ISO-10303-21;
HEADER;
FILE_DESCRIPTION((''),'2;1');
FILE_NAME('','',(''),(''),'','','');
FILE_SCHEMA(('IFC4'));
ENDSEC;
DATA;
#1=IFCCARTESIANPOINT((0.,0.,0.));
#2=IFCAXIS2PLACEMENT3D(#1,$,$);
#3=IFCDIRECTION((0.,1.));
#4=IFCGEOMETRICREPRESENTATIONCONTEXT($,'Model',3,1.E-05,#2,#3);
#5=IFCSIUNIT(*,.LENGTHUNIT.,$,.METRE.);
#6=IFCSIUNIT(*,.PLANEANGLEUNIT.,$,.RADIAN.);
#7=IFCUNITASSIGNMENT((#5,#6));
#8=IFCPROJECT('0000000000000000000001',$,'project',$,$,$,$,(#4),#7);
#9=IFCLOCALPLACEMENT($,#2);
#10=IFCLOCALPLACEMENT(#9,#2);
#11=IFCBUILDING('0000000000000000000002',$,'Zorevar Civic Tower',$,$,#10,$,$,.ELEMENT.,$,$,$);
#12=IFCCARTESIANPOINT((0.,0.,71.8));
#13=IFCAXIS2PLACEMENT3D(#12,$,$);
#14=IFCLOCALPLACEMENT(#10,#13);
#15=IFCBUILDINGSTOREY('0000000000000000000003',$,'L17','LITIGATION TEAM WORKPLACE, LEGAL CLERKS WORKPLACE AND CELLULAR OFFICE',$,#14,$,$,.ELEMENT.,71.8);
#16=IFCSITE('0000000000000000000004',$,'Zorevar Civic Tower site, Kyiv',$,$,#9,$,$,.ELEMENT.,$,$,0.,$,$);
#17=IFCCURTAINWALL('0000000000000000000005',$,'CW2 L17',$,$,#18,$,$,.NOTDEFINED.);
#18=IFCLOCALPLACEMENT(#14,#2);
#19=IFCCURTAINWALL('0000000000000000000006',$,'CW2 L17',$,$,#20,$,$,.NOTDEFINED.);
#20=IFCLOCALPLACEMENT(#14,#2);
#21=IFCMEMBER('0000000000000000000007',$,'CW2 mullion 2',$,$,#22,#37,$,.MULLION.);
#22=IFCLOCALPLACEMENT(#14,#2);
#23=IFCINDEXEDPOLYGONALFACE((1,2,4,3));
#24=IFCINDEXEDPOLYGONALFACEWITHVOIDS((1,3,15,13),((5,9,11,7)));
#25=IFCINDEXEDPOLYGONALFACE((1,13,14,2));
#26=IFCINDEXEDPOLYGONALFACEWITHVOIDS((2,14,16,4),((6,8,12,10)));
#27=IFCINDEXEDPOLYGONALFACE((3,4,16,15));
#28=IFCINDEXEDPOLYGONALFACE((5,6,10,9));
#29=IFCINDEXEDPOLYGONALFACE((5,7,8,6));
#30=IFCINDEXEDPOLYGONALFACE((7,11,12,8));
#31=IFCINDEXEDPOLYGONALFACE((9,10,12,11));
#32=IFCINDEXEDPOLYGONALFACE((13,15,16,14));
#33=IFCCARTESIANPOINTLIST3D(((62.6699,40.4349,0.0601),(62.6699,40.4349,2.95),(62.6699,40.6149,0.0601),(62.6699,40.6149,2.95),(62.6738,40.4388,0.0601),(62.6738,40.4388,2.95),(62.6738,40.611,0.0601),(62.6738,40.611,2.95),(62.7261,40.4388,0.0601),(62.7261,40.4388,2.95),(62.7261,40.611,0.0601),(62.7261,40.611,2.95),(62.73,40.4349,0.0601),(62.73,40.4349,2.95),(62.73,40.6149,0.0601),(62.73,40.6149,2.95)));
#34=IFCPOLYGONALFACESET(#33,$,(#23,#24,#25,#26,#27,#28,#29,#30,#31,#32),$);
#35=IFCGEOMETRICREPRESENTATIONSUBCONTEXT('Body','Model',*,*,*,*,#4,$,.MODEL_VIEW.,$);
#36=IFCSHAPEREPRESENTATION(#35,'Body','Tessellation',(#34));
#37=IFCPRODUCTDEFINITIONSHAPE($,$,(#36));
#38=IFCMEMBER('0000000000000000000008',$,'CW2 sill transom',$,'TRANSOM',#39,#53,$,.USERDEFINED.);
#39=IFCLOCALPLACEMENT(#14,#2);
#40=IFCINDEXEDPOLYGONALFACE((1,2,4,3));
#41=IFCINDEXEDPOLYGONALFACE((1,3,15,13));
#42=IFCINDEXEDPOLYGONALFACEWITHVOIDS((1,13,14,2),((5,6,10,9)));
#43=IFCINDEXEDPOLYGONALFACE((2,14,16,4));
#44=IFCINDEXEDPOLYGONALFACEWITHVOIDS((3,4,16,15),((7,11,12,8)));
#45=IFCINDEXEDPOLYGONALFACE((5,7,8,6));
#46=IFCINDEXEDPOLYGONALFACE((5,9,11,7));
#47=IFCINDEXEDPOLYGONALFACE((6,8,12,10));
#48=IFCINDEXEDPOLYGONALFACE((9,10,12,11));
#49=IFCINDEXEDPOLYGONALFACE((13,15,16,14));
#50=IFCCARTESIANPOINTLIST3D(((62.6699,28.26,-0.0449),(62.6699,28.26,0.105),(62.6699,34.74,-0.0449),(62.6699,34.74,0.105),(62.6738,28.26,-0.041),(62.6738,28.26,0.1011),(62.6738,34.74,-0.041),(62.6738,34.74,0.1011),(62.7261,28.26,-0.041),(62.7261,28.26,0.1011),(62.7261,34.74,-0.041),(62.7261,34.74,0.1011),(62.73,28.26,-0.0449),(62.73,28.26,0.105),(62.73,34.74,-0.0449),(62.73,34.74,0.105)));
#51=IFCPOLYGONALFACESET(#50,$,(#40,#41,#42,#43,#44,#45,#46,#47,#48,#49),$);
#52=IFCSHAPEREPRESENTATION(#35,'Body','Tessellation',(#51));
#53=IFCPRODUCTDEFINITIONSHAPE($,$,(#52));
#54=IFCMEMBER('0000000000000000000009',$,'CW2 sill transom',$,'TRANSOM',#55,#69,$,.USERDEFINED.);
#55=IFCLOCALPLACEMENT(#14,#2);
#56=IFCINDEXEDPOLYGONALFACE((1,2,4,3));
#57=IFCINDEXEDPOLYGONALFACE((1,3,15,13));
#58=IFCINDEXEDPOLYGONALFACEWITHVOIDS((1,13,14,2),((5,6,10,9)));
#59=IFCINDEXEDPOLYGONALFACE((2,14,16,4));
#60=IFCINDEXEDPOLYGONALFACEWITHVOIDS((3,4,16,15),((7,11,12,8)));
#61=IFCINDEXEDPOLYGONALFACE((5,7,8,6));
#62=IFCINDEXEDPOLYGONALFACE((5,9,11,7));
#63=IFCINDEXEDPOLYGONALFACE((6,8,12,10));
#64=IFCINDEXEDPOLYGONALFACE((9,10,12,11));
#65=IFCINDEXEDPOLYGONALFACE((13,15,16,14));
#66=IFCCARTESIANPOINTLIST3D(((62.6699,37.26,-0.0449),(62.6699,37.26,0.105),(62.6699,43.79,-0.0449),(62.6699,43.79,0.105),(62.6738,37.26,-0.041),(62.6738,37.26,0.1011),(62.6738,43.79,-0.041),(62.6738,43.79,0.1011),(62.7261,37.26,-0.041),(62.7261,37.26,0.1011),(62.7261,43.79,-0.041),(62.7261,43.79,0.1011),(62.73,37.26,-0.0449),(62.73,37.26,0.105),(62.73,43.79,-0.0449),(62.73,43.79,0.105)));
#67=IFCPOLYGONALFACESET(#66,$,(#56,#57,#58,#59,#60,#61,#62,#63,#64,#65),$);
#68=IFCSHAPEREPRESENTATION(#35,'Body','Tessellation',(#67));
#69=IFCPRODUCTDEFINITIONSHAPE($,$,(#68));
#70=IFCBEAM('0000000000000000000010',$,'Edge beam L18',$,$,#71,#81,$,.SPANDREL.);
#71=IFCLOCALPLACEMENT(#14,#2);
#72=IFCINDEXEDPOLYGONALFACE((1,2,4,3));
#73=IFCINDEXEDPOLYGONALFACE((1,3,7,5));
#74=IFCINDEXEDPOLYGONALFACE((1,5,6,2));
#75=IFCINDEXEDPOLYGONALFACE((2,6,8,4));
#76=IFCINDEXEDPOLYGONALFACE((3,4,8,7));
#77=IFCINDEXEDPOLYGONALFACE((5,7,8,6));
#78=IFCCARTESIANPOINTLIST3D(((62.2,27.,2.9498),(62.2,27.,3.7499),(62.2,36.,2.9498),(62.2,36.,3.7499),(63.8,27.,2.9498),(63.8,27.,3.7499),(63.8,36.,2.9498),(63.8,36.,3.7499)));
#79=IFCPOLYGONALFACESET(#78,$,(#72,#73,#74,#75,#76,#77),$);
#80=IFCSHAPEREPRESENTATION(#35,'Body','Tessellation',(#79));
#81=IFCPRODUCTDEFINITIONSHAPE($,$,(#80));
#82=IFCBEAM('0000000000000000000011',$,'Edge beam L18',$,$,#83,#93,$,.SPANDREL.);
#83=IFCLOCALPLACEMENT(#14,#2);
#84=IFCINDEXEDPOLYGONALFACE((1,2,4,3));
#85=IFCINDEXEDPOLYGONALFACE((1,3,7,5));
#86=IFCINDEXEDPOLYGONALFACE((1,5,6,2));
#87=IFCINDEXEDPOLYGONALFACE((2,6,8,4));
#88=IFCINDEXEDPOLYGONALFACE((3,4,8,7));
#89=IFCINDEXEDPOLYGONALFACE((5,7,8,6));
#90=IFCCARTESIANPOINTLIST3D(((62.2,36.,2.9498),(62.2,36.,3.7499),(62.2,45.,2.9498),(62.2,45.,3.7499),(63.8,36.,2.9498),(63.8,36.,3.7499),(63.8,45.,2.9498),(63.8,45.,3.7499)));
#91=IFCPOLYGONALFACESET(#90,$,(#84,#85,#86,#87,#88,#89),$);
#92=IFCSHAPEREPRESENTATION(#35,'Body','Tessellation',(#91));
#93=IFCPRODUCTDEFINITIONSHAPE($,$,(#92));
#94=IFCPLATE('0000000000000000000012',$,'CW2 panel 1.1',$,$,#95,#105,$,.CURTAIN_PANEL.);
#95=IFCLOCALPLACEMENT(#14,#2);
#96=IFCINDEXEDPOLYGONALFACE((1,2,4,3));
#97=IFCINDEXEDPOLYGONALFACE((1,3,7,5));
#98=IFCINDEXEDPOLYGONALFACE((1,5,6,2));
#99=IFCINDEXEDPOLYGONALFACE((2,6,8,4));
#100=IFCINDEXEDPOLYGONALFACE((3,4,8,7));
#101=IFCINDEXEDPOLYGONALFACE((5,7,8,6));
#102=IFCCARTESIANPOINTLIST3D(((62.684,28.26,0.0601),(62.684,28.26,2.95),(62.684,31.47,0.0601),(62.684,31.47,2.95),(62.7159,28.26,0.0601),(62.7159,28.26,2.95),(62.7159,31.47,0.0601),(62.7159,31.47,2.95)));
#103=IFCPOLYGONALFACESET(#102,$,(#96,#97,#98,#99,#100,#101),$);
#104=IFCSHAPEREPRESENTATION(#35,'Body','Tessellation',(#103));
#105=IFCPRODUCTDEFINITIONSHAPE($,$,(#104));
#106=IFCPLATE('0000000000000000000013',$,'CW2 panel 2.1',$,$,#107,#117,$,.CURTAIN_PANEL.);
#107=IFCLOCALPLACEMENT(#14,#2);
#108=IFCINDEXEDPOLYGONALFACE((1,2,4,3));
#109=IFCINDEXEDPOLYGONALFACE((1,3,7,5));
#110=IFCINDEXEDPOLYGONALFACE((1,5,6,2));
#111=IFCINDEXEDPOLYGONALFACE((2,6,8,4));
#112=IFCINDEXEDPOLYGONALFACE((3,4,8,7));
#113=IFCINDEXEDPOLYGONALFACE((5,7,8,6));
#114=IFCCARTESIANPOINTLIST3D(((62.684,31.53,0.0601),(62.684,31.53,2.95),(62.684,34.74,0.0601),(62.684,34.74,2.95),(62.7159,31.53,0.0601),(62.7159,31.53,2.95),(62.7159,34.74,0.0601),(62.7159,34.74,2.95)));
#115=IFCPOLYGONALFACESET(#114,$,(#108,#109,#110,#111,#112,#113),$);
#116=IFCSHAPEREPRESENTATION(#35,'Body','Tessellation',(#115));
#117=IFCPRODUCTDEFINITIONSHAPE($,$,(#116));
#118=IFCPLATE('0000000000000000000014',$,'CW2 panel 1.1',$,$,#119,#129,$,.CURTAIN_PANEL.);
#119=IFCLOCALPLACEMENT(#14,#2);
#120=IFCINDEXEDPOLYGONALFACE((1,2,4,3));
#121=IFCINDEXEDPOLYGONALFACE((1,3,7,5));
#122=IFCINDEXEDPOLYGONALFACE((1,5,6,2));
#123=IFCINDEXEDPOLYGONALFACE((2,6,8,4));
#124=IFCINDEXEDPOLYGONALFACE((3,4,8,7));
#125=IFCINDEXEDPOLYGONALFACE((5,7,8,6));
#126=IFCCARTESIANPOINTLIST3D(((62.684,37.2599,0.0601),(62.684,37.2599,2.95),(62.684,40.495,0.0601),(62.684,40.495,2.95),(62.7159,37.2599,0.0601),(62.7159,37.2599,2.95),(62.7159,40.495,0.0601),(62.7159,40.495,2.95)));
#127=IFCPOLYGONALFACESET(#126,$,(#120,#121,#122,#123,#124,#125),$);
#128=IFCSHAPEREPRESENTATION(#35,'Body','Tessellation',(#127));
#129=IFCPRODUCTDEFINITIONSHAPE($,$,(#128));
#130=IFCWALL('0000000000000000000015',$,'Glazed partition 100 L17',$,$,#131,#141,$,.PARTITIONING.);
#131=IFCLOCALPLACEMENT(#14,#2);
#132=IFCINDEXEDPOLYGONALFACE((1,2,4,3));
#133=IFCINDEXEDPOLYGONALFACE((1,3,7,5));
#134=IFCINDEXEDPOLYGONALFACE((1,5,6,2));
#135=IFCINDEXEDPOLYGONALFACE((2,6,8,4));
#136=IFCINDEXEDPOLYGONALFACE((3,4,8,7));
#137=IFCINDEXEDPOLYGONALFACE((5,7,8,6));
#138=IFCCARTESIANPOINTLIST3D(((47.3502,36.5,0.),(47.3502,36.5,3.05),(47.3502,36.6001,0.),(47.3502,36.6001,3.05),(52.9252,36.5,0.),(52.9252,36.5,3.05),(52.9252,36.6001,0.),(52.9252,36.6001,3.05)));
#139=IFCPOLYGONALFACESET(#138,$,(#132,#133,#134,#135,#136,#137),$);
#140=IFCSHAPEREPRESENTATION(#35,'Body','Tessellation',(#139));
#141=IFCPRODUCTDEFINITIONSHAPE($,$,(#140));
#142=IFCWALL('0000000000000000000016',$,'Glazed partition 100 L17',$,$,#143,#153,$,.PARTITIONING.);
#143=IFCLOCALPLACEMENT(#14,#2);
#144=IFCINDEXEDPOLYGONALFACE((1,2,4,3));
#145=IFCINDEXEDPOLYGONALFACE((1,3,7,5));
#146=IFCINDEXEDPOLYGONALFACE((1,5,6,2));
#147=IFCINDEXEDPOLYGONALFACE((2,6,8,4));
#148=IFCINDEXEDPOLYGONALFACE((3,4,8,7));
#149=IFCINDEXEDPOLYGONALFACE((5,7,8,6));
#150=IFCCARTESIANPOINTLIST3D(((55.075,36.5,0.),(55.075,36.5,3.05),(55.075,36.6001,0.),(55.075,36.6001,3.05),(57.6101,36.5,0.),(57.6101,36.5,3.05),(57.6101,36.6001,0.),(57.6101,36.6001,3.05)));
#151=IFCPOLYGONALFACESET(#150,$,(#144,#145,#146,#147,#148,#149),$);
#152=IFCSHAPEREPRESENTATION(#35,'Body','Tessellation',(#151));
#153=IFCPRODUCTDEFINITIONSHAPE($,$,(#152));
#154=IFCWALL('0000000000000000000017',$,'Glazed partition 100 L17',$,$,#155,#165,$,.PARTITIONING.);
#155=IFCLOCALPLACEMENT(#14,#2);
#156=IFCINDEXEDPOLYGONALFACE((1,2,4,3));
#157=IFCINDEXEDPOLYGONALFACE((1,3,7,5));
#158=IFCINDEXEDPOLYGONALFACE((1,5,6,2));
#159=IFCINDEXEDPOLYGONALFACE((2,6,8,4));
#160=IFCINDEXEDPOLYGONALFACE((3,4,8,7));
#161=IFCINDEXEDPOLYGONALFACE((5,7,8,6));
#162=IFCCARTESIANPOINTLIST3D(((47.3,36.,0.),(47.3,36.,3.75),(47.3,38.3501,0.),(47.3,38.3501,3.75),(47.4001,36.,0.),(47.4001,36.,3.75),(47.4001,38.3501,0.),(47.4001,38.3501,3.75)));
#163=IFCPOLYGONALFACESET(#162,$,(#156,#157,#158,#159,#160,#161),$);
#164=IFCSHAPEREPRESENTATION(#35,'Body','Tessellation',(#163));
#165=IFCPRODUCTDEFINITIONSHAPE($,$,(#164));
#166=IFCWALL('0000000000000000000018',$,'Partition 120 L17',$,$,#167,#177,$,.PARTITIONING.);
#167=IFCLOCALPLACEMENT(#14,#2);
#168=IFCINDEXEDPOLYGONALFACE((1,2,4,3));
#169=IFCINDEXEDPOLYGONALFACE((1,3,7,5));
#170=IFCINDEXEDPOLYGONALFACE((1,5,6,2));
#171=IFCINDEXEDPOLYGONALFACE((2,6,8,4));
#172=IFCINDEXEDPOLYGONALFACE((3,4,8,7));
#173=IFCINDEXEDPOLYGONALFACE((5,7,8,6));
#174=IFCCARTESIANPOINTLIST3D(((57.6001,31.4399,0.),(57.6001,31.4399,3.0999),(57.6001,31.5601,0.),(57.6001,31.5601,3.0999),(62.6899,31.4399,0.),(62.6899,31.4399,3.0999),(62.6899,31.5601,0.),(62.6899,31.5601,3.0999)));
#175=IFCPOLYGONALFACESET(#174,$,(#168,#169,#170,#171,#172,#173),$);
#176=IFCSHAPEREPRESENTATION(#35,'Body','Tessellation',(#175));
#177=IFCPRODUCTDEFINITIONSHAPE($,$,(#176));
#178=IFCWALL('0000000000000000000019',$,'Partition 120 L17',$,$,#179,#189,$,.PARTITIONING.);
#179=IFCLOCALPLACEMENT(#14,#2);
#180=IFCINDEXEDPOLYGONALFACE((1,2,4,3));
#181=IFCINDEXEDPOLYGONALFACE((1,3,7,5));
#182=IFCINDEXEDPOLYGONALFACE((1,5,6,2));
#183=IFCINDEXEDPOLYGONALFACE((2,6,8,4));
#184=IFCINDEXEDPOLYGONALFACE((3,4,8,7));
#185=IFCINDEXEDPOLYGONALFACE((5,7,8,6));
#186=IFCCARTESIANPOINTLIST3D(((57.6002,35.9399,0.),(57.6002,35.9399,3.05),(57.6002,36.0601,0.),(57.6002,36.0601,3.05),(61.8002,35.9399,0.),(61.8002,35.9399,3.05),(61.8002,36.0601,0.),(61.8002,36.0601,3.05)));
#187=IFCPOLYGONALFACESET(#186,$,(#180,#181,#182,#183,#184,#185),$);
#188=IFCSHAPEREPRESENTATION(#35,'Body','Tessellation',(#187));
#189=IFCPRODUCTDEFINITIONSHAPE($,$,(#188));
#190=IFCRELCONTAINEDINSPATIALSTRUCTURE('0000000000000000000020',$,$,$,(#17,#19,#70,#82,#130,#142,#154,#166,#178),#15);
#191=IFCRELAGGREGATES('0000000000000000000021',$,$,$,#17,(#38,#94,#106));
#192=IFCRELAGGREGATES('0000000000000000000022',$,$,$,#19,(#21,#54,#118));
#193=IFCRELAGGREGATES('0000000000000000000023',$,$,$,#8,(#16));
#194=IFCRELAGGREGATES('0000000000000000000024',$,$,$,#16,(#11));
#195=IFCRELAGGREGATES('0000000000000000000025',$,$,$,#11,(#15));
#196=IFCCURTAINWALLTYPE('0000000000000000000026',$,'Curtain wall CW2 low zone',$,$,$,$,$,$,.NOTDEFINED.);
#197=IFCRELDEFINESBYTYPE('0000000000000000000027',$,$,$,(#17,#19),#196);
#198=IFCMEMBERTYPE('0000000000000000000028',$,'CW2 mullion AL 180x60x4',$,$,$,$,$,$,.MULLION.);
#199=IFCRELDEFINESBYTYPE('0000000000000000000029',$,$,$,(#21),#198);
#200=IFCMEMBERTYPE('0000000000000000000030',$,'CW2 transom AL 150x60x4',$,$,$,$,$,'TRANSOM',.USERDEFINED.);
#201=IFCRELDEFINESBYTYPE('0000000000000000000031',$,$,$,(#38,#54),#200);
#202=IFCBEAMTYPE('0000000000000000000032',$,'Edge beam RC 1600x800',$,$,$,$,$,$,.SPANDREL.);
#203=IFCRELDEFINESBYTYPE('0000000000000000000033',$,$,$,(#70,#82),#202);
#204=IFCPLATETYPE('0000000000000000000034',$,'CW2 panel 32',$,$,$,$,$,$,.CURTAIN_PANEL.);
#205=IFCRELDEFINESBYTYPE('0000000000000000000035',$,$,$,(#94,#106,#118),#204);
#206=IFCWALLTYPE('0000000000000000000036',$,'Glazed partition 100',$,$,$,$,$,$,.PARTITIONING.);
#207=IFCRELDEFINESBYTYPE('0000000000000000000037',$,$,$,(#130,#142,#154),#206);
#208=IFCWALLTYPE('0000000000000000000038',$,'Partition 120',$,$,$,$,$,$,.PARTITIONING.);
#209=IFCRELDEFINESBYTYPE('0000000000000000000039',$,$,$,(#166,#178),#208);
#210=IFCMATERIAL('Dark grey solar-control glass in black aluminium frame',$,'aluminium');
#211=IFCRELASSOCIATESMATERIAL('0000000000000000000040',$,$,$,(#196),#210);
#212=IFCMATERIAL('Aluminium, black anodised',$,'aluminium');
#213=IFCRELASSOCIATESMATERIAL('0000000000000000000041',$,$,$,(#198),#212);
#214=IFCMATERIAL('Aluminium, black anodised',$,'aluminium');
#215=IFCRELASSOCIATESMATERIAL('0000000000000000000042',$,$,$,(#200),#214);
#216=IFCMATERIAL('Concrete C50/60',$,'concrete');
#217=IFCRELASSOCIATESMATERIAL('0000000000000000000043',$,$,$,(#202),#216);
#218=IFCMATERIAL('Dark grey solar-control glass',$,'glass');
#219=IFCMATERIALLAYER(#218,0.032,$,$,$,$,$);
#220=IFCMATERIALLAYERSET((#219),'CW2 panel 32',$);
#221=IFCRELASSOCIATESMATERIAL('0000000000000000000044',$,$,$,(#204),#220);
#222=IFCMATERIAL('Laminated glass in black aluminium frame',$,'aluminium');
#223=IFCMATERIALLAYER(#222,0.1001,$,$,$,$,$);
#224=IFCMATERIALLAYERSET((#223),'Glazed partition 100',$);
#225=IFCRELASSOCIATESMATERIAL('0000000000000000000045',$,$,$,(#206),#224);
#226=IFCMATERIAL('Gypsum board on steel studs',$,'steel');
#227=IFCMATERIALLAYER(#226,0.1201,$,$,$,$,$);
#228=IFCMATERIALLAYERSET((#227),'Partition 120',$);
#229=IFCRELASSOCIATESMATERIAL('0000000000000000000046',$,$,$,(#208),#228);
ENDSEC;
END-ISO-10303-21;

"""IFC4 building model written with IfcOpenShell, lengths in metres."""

from ifc_helpers import new_model, si_unit, direction, frame, frame_2d, origin, origin_2d, place, context, subcontext, project, spatial, rectangle, hollow_rectangle, extrude, material, layer, layer_set, material_profile, profile_set, type_object, element, aggregate, save


model = new_model("IFC4")

# Units and contexts
model_context = context("Model", 3, precision=1e-05, world=origin(), true_north=direction((0.0, 1.0)))
body_context = subcontext(model_context, "Body", "Model", "MODEL_VIEW")
ifc_project = project(units=[si_unit("LENGTHUNIT", "METRE"), si_unit("PLANEANGLEUNIT", "RADIAN")], contexts=[model_context])

# Site, building, storey
site_placement = place(None, origin())
site = spatial("IfcSite", under=ifc_project, at=site_placement, Name="Zorevar Civic Tower site, Kyiv", CompositionType="ELEMENT", RefElevation=0.0)
building_placement = place(site_placement, origin())
building = spatial("IfcBuilding", under=site, at=building_placement, Name="Zorevar Civic Tower", CompositionType="ELEMENT")
storey_placement = place(building_placement, frame((0.0, 0.0, 71.8)))
storey = spatial("IfcBuildingStorey", under=building, at=storey_placement, Name="L17", Description="LITIGATION TEAM WORKPLACE, LEGAL CLERKS WORKPLACE AND CELLULAR OFFICE", CompositionType="ELEMENT", Elevation=71.8)

# Curtain walls, member
ifc_material_1 = material(Name="Dark grey solar-control glass in black aluminium frame", Category="aluminium")
curtain_wall_type = type_object("IfcCurtainWallType", Name="Curtain wall CW2 low zone", PredefinedType="NOTDEFINED", material=ifc_material_1)
curtain_wall_1_placement = place(storey_placement, origin())
curtain_wall_1 = element("IfcCurtainWall", 1, at=curtain_wall_1_placement, inside=storey, type_object=curtain_wall_type, Name="CW2 L17", PredefinedType="NOTDEFINED")
ifc_material_2 = material(Name="Aluminium, black anodised", Category="aluminium")
ifc_material_profile_1 = material_profile(ifc_material_2, hollow_rectangle(XDim=0.0601, YDim=0.1799, WallThickness=0.0039, at=origin_2d()), Name="AL 180x60x4")
ifc_profile_set_1 = profile_set([ifc_material_profile_1], Name="Aluminium, black anodised")
member_type_1 = type_object("IfcMemberType", Name="CW2 mullion AL 180x60x4", PredefinedType="MULLION", material=ifc_profile_set_1)
curtain_wall_2_placement = place(storey_placement, origin())
curtain_wall_2 = element("IfcCurtainWall", 2, at=curtain_wall_2_placement, inside=storey, type_object=curtain_wall_type, Name="CW2 L17", PredefinedType="NOTDEFINED")
member_1_placement = place(storey_placement, frame((62.7, 40.5249, 0.0601), z_axis=(0.0, 0.0, 1.0), x_axis=(-1.0, 0.0, 0.0)))
member_1 = element("IfcMember", 3, at=member_1_placement, type_object=member_type_1, Name="CW2 mullion 2", PredefinedType="MULLION", context=body_context, shape_type="SweptSolid", body=[
    extrude(hollow_rectangle(XDim=0.0601, YDim=0.1799, WallThickness=0.0039, at=origin_2d()), origin(), (0.0, 0.0, 1.0), 2.8899),
])

# Members
ifc_material_3 = material(Name="Aluminium, black anodised", Category="aluminium")
ifc_material_profile_2 = material_profile(ifc_material_3, hollow_rectangle(XDim=0.0601, YDim=0.1499, WallThickness=0.0039, at=origin_2d()), Name="AL 150x60x4")
ifc_profile_set_2 = profile_set([ifc_material_profile_2], Name="Aluminium, black anodised")
member_type_2 = type_object("IfcMemberType", Name="CW2 transom AL 150x60x4", ElementType="TRANSOM", PredefinedType="USERDEFINED", material=ifc_profile_set_2)
member_2_placement = place(storey_placement, frame((62.7, 28.26, 0.03), z_axis=(0.0, 1.0, 0.0), x_axis=(-1.0, 0.0, 0.0)))
member_2 = element("IfcMember", 4, at=member_2_placement, type_object=member_type_2, Name="CW2 sill transom", ObjectType="TRANSOM", PredefinedType="USERDEFINED", context=body_context, shape_type="SweptSolid", body=[
    extrude(hollow_rectangle(XDim=0.0601, YDim=0.1499, WallThickness=0.0039, at=origin_2d()), origin(), (0.0, 0.0, 1.0), 6.48),
])
member_3_placement = place(storey_placement, frame((62.7, 37.26, 0.03), z_axis=(0.0, 1.0, 0.0), x_axis=(-1.0, 0.0, 0.0)))
member_3 = element("IfcMember", 5, at=member_3_placement, type_object=member_type_2, Name="CW2 sill transom", ObjectType="TRANSOM", PredefinedType="USERDEFINED", context=body_context, shape_type="SweptSolid", body=[
    extrude(hollow_rectangle(XDim=0.0601, YDim=0.1499, WallThickness=0.0039, at=origin_2d()), origin(), (0.0, 0.0, 1.0), 6.53),
])

# Beams
ifc_material_4 = material(Name="Concrete C50/60", Category="concrete")
ifc_material_profile_3 = material_profile(ifc_material_4, rectangle(XDim=1.6001, YDim=0.8, at=origin_2d()), Name="RC 1600x800")
ifc_profile_set_3 = profile_set([ifc_material_profile_3], Name="Concrete C50/60")
beam_type_1 = type_object("IfcBeamType", Name="Edge beam RC 1600x800", PredefinedType="SPANDREL", material=ifc_profile_set_3)
for number, where, z_axis, x_axis, name in (
    (6, (63.0, 27.0, 3.3499), (0.0, 1.0, 0.0), (-1.0, 0.0, 0.0), "Edge beam L18"),
    (7, (63.0, 36.0, 3.3499), (0.0, 1.0, 0.0), (-1.0, 0.0, 0.0), "Edge beam L18"),
):
    element("IfcBeam", number, at=place(storey_placement, frame(where, z_axis=z_axis, x_axis=x_axis)), inside=storey, type_object=beam_type_1, Name=name, PredefinedType="SPANDREL", context=body_context, shape_type="SweptSolid", body=[
        extrude(rectangle(XDim=1.6001, YDim=0.8, at=origin_2d()), origin(), (0.0, 0.0, 1.0), 9.0),
    ])

# Plates
ifc_material_5 = material(Name="Dark grey solar-control glass", Category="glass")
ifc_layer_1 = layer(ifc_material_5, 0.032)
ifc_layer_set_1 = layer_set([ifc_layer_1], Name="CW2 panel 32")
plate_type = type_object("IfcPlateType", Name="CW2 panel 32", PredefinedType="CURTAIN_PANEL", material=ifc_layer_set_1)
plate_1_placement = place(storey_placement, frame((62.7, 29.865, 0.0601), z_axis=(0.0, 0.0, 1.0), x_axis=(0.0, 1.0, 0.0)))
plate_1 = element("IfcPlate", 8, at=plate_1_placement, type_object=plate_type, Name="CW2 panel 1.1", PredefinedType="CURTAIN_PANEL", context=body_context, shape_type="SweptSolid", body=[
    extrude(rectangle(XDim=3.21, YDim=0.032, at=origin_2d()), origin(), (0.0, 0.0, 1.0), 2.8899),
])
plate_2_placement = place(storey_placement, frame((62.7, 33.135, 0.0601), z_axis=(0.0, 0.0, 1.0), x_axis=(0.0, 1.0, 0.0)))
plate_2 = element("IfcPlate", 9, at=plate_2_placement, type_object=plate_type, Name="CW2 panel 2.1", PredefinedType="CURTAIN_PANEL", context=body_context, shape_type="SweptSolid", body=[
    extrude(rectangle(XDim=3.21, YDim=0.032, at=origin_2d()), origin(), (0.0, 0.0, 1.0), 2.8899),
])
aggregate(curtain_wall_1, [member_2, plate_1, plate_2])
plate_3_placement = place(storey_placement, frame((62.7, 38.8774, 0.0601), z_axis=(0.0, 0.0, 1.0), x_axis=(0.0, 1.0, 0.0)))
plate_3 = element("IfcPlate", 10, at=plate_3_placement, type_object=plate_type, Name="CW2 panel 1.1", PredefinedType="CURTAIN_PANEL", context=body_context, shape_type="SweptSolid", body=[
    extrude(rectangle(XDim=3.2351, YDim=0.032, at=origin_2d()), origin(), (0.0, 0.0, 1.0), 2.8899),
])
aggregate(curtain_wall_2, [member_1, member_3, plate_3])

# Walls
ifc_material_6 = material(Name="Laminated glass in black aluminium frame", Category="aluminium")
ifc_layer_2 = layer(ifc_material_6, 0.1001)
ifc_layer_set_2 = layer_set([ifc_layer_2], Name="Glazed partition 100")
wall_type_1 = type_object("IfcWallType", Name="Glazed partition 100", PredefinedType="PARTITIONING", material=ifc_layer_set_2)
wall_1_placement = place(storey_placement, frame((47.3501, 36.55, 0.0), z_axis=(0.0, 0.0, 1.0), x_axis=(1.0, 0.0, 0.0)))
element("IfcWall", 11, at=wall_1_placement, inside=storey, type_object=wall_type_1, Name="Glazed partition 100 L17", PredefinedType="PARTITIONING", context=body_context, shape_type="SweptSolid", body=[
    extrude(rectangle(XDim=5.575, YDim=0.1001, at=frame_2d((2.7876, 0.0))), origin(), (0.0, 0.0, 1.0), 3.05),
])
wall_2_placement = place(storey_placement, frame((55.075, 36.55, 0.0), z_axis=(0.0, 0.0, 1.0), x_axis=(1.0, 0.0, 0.0)))
element("IfcWall", 12, at=wall_2_placement, inside=storey, type_object=wall_type_1, Name="Glazed partition 100 L17", PredefinedType="PARTITIONING", context=body_context, shape_type="SweptSolid", body=[
    extrude(rectangle(XDim=2.5352, YDim=0.1001, at=frame_2d((1.2676, 0.0))), origin(), (0.0, 0.0, 1.0), 3.05),
])
wall_3_placement = place(storey_placement, frame((47.3501, 36.0, 0.0), z_axis=(0.0, 0.0, 1.0), x_axis=(0.0, 1.0, 0.0)))
element("IfcWall", 13, at=wall_3_placement, inside=storey, type_object=wall_type_1, Name="Glazed partition 100 L17", PredefinedType="PARTITIONING", context=body_context, shape_type="SweptSolid", body=[
    extrude(rectangle(XDim=2.3501, YDim=0.1001, at=frame_2d((1.175, 0.0))), origin(), (0.0, 0.0, 1.0), 3.75),
])
ifc_material_7 = material(Name="Gypsum board on steel studs", Category="steel")
ifc_layer_3 = layer(ifc_material_7, 0.1201)
ifc_layer_set_3 = layer_set([ifc_layer_3], Name="Partition 120")
wall_type_2 = type_object("IfcWallType", Name="Partition 120", PredefinedType="PARTITIONING", material=ifc_layer_set_3)
wall_4_placement = place(storey_placement, frame((57.6001, 31.5, 0.0), z_axis=(0.0, 0.0, 1.0), x_axis=(1.0, 0.0, 0.0)))
element("IfcWall", 14, at=wall_4_placement, inside=storey, type_object=wall_type_2, Name="Partition 120 L17", PredefinedType="PARTITIONING", context=body_context, shape_type="SweptSolid", body=[
    extrude(rectangle(XDim=5.0898, YDim=0.1201, at=frame_2d((2.5449, 0.0))), origin(), (0.0, 0.0, 1.0), 3.0999),
])
wall_5_placement = place(storey_placement, frame((57.6001, 36.0, 0.0), z_axis=(0.0, 0.0, 1.0), x_axis=(1.0, 0.0, 0.0)))
element("IfcWall", 15, at=wall_5_placement, inside=storey, type_object=wall_type_2, Name="Partition 120 L17", PredefinedType="PARTITIONING", context=body_context, shape_type="SweptSolid", body=[
    extrude(rectangle(XDim=4.2, YDim=0.1201, at=frame_2d((2.1001, 0.0))), origin(), (0.0, 0.0, 1.0), 3.05),
])

save(model, "model.ifc")
